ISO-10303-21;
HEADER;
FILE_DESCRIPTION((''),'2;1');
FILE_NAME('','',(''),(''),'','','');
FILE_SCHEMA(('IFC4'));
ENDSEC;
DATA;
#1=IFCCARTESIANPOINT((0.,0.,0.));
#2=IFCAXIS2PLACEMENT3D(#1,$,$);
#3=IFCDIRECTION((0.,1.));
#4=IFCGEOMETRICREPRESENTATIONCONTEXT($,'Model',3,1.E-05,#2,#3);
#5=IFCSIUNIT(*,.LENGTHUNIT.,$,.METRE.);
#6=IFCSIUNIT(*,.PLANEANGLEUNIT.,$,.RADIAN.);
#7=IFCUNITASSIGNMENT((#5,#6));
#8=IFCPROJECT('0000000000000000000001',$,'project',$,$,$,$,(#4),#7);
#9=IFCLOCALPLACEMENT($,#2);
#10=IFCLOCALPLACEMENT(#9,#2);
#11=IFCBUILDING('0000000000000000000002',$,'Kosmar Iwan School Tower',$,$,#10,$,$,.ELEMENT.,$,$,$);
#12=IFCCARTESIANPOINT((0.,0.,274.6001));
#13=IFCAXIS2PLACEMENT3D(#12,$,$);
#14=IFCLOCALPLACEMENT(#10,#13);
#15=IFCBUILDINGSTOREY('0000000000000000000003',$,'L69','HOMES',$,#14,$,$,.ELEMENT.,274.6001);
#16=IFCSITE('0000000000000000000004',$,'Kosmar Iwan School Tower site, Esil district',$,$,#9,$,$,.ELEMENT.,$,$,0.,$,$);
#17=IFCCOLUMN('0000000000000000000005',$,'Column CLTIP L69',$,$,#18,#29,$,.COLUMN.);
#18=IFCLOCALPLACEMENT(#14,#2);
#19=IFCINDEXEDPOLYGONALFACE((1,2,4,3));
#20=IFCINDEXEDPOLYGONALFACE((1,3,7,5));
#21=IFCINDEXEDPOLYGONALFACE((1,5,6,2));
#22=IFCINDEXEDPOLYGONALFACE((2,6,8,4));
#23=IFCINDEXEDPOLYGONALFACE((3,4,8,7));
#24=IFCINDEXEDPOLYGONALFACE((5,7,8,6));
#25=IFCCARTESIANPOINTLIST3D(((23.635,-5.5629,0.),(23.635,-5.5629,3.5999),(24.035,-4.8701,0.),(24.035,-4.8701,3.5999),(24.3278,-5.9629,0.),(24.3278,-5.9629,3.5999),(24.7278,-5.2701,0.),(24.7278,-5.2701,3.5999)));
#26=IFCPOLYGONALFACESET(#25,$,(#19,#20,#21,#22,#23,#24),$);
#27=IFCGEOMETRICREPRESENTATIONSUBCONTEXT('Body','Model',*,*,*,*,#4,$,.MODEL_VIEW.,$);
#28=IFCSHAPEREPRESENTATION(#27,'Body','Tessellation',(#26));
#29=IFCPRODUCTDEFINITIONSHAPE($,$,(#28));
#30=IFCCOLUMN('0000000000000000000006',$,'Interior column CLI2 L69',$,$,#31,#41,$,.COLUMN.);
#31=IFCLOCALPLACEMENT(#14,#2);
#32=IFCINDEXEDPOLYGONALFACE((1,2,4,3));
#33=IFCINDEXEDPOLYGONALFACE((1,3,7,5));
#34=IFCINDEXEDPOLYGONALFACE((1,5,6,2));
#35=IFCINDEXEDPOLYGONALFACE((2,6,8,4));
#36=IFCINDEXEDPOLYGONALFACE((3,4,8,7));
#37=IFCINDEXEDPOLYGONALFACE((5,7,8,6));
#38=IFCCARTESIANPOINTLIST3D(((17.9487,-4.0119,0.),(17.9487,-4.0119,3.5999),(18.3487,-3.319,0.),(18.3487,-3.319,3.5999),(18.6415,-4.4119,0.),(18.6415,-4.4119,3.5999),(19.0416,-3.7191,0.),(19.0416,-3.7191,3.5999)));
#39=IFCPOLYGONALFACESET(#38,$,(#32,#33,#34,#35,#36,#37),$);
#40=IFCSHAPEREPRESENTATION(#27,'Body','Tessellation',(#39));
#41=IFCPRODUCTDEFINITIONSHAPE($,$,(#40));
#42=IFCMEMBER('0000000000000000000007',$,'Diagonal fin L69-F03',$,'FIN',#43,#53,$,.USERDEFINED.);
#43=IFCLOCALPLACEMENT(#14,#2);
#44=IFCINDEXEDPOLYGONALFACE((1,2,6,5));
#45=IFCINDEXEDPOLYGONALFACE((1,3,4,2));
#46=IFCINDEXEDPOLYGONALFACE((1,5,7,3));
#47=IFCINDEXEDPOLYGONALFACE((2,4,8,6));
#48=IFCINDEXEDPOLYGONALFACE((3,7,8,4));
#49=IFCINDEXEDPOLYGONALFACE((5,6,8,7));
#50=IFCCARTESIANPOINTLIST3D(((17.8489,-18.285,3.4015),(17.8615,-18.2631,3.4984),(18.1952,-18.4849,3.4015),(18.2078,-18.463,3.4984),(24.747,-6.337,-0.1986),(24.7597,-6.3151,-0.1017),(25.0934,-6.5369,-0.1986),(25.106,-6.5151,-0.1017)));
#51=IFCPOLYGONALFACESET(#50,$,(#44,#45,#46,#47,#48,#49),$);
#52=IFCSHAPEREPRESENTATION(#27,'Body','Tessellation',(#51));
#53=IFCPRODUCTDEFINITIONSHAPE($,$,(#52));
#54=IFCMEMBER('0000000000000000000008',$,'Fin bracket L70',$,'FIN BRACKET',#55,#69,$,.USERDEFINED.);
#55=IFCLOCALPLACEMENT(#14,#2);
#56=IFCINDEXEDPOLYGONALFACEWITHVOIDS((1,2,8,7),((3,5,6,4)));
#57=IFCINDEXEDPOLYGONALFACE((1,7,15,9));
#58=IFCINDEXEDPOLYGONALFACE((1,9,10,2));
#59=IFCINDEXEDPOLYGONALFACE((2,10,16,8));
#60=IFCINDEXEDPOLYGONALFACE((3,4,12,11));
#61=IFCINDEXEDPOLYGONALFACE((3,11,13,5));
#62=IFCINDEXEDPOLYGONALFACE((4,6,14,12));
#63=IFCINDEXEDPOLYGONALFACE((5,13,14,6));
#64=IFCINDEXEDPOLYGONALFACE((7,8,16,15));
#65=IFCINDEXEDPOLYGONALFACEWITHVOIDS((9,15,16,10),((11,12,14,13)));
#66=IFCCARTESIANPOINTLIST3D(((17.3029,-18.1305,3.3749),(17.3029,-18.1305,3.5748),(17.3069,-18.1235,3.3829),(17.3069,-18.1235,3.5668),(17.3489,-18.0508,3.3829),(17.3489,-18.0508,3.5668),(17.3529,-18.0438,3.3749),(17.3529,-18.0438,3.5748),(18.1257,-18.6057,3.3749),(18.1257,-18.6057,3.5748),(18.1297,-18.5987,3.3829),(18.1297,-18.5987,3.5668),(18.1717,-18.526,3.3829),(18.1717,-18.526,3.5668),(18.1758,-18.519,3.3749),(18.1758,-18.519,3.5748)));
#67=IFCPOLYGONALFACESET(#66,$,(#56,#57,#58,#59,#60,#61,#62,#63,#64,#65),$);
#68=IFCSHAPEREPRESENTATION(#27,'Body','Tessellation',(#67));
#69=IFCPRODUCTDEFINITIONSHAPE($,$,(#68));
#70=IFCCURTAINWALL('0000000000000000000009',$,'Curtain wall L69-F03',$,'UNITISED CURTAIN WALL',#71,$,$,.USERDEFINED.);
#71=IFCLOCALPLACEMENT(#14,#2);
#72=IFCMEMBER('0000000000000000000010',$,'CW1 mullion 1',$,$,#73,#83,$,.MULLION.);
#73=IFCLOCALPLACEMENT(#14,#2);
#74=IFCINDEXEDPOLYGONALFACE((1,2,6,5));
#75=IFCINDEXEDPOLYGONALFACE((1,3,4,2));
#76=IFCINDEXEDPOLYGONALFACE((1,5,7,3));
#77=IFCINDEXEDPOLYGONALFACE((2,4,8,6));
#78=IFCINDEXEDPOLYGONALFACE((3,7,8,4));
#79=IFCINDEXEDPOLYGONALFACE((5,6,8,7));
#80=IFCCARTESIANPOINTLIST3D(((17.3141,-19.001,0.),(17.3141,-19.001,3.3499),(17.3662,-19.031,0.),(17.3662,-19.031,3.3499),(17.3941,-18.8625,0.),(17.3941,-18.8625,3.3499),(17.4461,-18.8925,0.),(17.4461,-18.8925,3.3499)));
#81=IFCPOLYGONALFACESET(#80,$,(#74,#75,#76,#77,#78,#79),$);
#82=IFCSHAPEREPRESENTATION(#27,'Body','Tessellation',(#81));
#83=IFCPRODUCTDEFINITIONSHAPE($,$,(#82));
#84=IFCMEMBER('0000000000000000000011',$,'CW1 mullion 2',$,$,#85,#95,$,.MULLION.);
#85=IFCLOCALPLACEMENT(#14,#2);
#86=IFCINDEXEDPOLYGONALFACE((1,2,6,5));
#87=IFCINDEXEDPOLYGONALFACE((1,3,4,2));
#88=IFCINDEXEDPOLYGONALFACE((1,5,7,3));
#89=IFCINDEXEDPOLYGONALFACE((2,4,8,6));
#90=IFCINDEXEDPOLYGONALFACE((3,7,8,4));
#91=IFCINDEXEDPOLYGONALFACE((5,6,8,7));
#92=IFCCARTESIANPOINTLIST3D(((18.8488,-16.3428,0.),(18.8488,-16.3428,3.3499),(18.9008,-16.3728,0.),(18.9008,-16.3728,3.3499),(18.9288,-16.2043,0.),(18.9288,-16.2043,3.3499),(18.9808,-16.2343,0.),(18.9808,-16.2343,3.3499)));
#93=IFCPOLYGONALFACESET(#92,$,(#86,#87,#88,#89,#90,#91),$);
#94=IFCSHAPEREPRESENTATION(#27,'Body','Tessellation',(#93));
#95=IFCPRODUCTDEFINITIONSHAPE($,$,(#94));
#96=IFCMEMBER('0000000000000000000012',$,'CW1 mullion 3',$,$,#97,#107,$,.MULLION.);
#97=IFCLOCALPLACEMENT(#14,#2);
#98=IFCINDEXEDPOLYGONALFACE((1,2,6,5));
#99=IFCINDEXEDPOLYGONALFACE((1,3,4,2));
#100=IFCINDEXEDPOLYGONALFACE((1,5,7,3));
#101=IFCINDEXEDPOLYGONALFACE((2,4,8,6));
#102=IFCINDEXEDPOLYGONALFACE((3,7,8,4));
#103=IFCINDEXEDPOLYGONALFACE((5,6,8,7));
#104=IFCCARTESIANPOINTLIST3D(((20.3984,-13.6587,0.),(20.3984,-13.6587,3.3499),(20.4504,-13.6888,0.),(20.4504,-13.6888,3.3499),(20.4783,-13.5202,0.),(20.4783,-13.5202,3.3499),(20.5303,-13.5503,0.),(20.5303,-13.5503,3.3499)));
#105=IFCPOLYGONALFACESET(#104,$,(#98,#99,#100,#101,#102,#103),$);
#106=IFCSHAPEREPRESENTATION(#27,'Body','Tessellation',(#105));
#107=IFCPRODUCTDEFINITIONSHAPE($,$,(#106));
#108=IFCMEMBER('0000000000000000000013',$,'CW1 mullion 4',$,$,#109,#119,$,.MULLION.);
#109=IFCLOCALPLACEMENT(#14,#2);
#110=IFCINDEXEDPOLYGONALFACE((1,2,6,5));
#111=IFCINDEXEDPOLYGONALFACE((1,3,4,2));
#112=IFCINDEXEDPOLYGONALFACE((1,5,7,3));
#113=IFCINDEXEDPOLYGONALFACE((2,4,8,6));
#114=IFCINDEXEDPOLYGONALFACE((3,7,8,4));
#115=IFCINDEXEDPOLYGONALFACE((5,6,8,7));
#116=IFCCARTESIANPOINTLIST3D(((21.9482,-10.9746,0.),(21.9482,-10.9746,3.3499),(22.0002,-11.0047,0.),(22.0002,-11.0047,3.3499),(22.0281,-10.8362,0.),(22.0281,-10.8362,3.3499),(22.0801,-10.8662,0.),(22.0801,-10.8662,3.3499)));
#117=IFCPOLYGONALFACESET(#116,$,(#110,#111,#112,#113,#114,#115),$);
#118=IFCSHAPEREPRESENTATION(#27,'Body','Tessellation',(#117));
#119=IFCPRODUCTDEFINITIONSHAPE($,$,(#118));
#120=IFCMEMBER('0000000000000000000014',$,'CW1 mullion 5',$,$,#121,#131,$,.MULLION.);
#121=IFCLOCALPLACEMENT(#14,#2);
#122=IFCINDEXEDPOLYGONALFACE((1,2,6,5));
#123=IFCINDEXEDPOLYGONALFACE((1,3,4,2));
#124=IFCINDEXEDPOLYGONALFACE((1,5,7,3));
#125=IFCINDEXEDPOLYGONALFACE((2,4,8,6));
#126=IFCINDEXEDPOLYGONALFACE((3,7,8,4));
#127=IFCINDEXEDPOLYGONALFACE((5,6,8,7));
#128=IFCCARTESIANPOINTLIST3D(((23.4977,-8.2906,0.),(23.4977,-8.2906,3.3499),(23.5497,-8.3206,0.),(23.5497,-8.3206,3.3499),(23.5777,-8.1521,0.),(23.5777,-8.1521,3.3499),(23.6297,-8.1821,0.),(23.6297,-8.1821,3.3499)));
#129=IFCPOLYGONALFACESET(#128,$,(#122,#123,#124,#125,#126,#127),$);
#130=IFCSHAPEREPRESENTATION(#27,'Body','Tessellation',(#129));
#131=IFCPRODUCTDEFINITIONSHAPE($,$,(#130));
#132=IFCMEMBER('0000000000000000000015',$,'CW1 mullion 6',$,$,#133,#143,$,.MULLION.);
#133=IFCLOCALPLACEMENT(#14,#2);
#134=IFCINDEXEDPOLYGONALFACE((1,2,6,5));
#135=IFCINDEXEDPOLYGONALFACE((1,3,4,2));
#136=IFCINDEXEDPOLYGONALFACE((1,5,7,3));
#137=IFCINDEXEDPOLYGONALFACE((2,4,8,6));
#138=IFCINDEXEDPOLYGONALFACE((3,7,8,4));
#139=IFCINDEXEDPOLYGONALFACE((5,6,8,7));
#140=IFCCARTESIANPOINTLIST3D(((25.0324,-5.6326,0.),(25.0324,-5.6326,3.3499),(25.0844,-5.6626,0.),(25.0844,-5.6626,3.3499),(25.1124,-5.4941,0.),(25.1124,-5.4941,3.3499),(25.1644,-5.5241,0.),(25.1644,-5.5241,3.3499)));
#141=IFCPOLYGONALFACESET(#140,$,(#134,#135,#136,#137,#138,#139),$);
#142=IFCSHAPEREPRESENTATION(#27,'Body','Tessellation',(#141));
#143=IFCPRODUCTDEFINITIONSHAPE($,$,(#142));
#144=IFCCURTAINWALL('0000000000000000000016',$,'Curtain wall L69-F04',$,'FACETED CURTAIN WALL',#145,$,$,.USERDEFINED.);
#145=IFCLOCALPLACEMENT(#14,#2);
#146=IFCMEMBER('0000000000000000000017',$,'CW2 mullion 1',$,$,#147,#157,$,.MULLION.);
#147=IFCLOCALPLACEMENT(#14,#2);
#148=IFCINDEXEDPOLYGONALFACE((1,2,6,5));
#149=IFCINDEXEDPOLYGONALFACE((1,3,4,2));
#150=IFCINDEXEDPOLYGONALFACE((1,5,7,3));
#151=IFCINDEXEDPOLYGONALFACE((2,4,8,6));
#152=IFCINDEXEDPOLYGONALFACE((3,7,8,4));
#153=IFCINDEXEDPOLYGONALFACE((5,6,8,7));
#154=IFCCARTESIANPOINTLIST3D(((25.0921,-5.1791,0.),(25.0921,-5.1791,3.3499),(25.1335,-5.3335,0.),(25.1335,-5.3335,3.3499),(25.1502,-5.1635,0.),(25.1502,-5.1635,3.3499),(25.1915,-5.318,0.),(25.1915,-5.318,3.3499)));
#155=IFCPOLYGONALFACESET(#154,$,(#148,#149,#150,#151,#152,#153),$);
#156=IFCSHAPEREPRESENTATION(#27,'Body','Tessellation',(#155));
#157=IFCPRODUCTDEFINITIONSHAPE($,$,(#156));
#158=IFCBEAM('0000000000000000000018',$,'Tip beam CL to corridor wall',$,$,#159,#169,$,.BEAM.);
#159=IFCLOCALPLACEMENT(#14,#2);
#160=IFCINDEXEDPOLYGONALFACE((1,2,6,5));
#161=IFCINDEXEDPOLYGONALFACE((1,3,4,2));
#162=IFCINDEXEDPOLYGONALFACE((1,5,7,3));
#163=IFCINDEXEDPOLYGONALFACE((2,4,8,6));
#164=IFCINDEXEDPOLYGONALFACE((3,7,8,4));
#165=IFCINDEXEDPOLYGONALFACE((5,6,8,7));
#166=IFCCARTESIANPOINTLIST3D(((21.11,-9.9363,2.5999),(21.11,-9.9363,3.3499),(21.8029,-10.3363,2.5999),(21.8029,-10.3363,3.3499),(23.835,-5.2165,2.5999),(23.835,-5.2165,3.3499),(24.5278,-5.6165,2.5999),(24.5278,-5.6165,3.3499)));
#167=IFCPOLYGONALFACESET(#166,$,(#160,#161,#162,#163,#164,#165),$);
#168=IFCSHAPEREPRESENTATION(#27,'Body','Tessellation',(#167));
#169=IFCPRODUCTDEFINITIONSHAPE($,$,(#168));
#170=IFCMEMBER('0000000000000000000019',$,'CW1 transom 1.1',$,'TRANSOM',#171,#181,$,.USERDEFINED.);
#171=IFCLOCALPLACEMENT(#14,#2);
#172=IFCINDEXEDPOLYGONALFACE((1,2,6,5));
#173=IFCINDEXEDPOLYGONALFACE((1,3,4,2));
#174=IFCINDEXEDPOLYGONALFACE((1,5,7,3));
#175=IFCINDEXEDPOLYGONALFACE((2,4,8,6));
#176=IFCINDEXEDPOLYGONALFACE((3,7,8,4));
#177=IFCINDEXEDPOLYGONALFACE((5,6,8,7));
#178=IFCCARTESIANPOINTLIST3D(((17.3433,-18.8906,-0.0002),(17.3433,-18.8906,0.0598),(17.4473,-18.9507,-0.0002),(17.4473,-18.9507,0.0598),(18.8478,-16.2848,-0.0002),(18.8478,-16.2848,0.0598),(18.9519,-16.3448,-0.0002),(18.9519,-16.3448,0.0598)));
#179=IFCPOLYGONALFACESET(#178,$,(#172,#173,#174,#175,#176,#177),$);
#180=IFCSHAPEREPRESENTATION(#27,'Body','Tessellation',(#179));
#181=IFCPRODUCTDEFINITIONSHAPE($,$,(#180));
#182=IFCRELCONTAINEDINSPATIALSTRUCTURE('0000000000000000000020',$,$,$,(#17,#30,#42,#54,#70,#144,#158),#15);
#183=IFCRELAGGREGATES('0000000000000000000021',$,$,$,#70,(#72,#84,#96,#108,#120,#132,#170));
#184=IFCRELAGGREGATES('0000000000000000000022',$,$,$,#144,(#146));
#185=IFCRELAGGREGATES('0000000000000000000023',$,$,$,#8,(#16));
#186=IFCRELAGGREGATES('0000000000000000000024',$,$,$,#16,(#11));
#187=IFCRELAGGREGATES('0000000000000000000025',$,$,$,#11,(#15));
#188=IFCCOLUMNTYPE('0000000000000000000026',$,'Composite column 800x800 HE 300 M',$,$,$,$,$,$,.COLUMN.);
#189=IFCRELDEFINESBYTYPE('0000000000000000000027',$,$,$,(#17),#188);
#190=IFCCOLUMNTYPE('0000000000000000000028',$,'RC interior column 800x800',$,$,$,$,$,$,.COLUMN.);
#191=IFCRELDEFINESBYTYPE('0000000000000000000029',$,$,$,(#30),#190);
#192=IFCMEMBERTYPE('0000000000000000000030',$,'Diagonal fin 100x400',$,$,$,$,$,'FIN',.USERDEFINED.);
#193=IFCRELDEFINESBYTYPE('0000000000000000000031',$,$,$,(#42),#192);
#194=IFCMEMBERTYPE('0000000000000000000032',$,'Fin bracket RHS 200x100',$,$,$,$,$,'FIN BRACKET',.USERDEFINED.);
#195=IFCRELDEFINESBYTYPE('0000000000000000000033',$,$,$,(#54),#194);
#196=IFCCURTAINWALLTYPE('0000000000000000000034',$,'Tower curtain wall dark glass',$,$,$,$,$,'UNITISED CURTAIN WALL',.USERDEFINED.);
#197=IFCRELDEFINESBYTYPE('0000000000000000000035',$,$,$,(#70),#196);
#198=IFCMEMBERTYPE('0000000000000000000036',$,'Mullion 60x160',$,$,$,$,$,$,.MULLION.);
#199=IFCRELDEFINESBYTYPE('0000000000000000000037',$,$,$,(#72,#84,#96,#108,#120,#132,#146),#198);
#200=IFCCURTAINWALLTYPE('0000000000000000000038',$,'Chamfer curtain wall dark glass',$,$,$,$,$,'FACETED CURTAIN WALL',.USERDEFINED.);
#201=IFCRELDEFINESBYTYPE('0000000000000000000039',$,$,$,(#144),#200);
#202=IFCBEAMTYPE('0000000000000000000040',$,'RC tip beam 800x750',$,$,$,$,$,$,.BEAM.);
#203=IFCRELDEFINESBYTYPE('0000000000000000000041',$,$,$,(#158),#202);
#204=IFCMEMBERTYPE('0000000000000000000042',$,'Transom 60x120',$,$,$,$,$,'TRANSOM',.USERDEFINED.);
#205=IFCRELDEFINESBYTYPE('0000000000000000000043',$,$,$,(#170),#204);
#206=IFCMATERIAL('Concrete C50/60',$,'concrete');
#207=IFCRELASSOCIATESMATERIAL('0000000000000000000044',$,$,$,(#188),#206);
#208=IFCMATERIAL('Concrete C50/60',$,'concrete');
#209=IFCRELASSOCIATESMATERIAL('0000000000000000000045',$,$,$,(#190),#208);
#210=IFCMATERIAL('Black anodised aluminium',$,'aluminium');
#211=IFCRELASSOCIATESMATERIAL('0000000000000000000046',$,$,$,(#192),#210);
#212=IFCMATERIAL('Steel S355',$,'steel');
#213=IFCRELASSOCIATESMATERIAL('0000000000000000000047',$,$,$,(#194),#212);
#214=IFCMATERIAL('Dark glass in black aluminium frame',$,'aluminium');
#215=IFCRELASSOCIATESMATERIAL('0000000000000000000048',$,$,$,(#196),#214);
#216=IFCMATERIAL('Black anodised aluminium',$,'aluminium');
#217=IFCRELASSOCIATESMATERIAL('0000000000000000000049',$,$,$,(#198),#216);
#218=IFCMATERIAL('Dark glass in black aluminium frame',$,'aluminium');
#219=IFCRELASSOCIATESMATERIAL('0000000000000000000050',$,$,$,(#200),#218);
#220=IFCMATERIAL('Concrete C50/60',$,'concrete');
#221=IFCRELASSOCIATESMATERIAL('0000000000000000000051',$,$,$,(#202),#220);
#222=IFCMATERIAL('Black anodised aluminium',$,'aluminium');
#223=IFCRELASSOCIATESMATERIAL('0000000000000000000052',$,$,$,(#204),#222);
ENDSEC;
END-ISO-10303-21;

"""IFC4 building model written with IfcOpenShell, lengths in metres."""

from ifc_helpers import new_model, si_unit, direction, frame, origin, origin_2d, place, context, subcontext, project, spatial, rectangle, hollow_rectangle, extrude, material, material_profile, profile_set, type_object, element, aggregate, save


model = new_model("IFC4")

# Units and contexts
model_context = context("Model", 3, precision=1e-05, world=origin(), true_north=direction((0.0, 1.0)))
body_context = subcontext(model_context, "Body", "Model", "MODEL_VIEW")
ifc_project = project(units=[si_unit("LENGTHUNIT", "METRE"), si_unit("PLANEANGLEUNIT", "RADIAN")], contexts=[model_context])

# Site, building, storey
site_placement = place(None, origin())
site = spatial("IfcSite", under=ifc_project, at=site_placement, Name="Kosmar Iwan School Tower site, Esil district", CompositionType="ELEMENT", RefElevation=0.0)
building_placement = place(site_placement, origin())
building = spatial("IfcBuilding", under=site, at=building_placement, Name="Kosmar Iwan School Tower", CompositionType="ELEMENT")
storey_placement = place(building_placement, frame((0.0, 0.0, 274.6001)))
storey = spatial("IfcBuildingStorey", under=building, at=storey_placement, Name="L69", Description="HOMES", CompositionType="ELEMENT", Elevation=274.6001)

# Columns
ifc_material_1 = material(Name="Concrete C50/60", Category="concrete")
ifc_material_profile_1 = material_profile(ifc_material_1, rectangle(XDim=0.8, YDim=0.8, at=origin_2d()), Name="RC 800x800 + HE 300 M")
ifc_profile_set_1 = profile_set([ifc_material_profile_1], Name="Concrete C50/60")
column_type_1 = type_object("IfcColumnType", Name="Composite column 800x800 HE 300 M", PredefinedType="COLUMN", material=ifc_profile_set_1)
column_1_placement = place(storey_placement, frame((24.1814, -5.4165, 0.0), z_axis=(0.0, 0.0, 1.0), x_axis=(0.866025, -0.5, 0.0)))
element("IfcColumn", 1, at=column_1_placement, inside=storey, type_object=column_type_1, Name="Column CLTIP L69", PredefinedType="COLUMN", context=body_context, shape_type="SweptSolid", body=[
    extrude(rectangle(XDim=0.8, YDim=0.8, at=origin_2d()), origin(), (0.0, 0.0, 1.0), 3.5999),
])
ifc_material_2 = material(Name="Concrete C50/60", Category="concrete")
ifc_material_profile_2 = material_profile(ifc_material_2, rectangle(XDim=0.8, YDim=0.8, at=origin_2d()), Name="RC 800x800")
ifc_profile_set_2 = profile_set([ifc_material_profile_2], Name="Concrete C50/60")
column_type_2 = type_object("IfcColumnType", Name="RC interior column 800x800", PredefinedType="COLUMN", material=ifc_profile_set_2)
column_2_placement = place(storey_placement, frame((18.4951, -3.8655, 0.0), z_axis=(0.0, 0.0, 1.0), x_axis=(0.866025, -0.5, 0.0)))
element("IfcColumn", 2, at=column_2_placement, inside=storey, type_object=column_type_2, Name="Interior column CLI2 L69", PredefinedType="COLUMN", context=body_context, shape_type="SweptSolid", body=[
    extrude(rectangle(XDim=0.8, YDim=0.8, at=origin_2d()), origin(), (0.0, 0.0, 1.0), 3.5999),
])

# Members
ifc_material_3 = material(Name="Black anodised aluminium", Category="aluminium")
ifc_material_profile_3 = material_profile(ifc_material_3, rectangle(XDim=0.1001, YDim=0.3999, at=origin_2d()), Name="FIN 100x400")
ifc_profile_set_3 = profile_set([ifc_material_profile_3], Name="Black anodised aluminium")
member_type_1 = type_object("IfcMemberType", Name="Diagonal fin 100x400", ElementType="FIN", PredefinedType="USERDEFINED", material=ifc_profile_set_3)
member_1_placement = place(storey_placement, frame((24.9265, -6.426, -0.1501), z_axis=(-0.4838, -0.837965, 0.252491), x_axis=(0.126245, 0.218663, 0.967599)))
element("IfcMember", 3, at=member_1_placement, inside=storey, type_object=member_type_1, Name="Diagonal fin L69-F03", ObjectType="FIN", PredefinedType="USERDEFINED", context=body_context, shape_type="SweptSolid", body=[
    extrude(rectangle(XDim=0.1001, YDim=0.3999, at=origin_2d()), origin(), (0.0, 0.0, 1.0), 14.2583),
])
ifc_material_4 = material(Name="Steel S355", Category="steel")
ifc_material_profile_4 = material_profile(ifc_material_4, hollow_rectangle(XDim=0.1001, YDim=0.2, WallThickness=0.0081, at=origin_2d()), Name="RHS 200x100x8")
ifc_profile_set_4 = profile_set([ifc_material_profile_4], Name="Steel S355")
member_type_2 = type_object("IfcMemberType", Name="Fin bracket RHS 200x100", ElementType="FIN BRACKET", PredefinedType="USERDEFINED", material=ifc_profile_set_4)
member_2_placement = place(storey_placement, frame((17.3279, -18.0872, 3.4749), z_axis=(0.865989, -0.500064, 0.0), x_axis=(0.500064, 0.865989, 0.0)))
element("IfcMember", 4, at=member_2_placement, inside=storey, type_object=member_type_2, Name="Fin bracket L70", ObjectType="FIN BRACKET", PredefinedType="USERDEFINED", context=body_context, shape_type="SweptSolid", body=[
    extrude(hollow_rectangle(XDim=0.1001, YDim=0.2, WallThickness=0.0081, at=origin_2d()), origin(), (0.0, 0.0, 1.0), 0.9502),
])

# Curtain wall, members
ifc_material_5 = material(Name="Dark glass in black aluminium frame", Category="aluminium")
curtain_wall_type_1 = type_object("IfcCurtainWallType", Name="Tower curtain wall dark glass", ElementType="UNITISED CURTAIN WALL", PredefinedType="USERDEFINED", material=ifc_material_5)
curtain_wall_1_placement = place(storey_placement, origin())
curtain_wall_1 = element("IfcCurtainWall", 5, at=curtain_wall_1_placement, inside=storey, type_object=curtain_wall_type_1, Name="Curtain wall L69-F03", ObjectType="UNITISED CURTAIN WALL", PredefinedType="USERDEFINED")
ifc_material_6 = material(Name="Black anodised aluminium", Category="aluminium")
ifc_material_profile_5 = material_profile(ifc_material_6, rectangle(XDim=0.0601, YDim=0.1599, at=origin_2d()), Name="MULLION 60x160")
ifc_profile_set_5 = profile_set([ifc_material_profile_5], Name="Black anodised aluminium")
member_type_3 = type_object("IfcMemberType", Name="Mullion 60x160", PredefinedType="MULLION", material=ifc_profile_set_5)
member_3_placement = place(storey_placement, frame((17.3801, -18.9468, 0.0), z_axis=(0.0, 0.0, 1.0), x_axis=(-0.866025, 0.5, 0.0)))
member_3 = element("IfcMember", 6, at=member_3_placement, type_object=member_type_3, Name="CW1 mullion 1", PredefinedType="MULLION", context=body_context, shape_type="SweptSolid", body=[
    extrude(rectangle(XDim=0.0601, YDim=0.1599, at=origin_2d()), origin(), (0.0, 0.0, 1.0), 3.3499),
])
member_4_placement = place(storey_placement, frame((18.9148, -16.2886, 0.0), z_axis=(0.0, 0.0, 1.0), x_axis=(-0.866025, 0.5, 0.0)))
member_4 = element("IfcMember", 7, at=member_4_placement, type_object=member_type_3, Name="CW1 mullion 2", PredefinedType="MULLION", context=body_context, shape_type="SweptSolid", body=[
    extrude(rectangle(XDim=0.0601, YDim=0.1599, at=origin_2d()), origin(), (0.0, 0.0, 1.0), 3.3499),
])
member_5_placement = place(storey_placement, frame((20.4644, -13.6045, 0.0), z_axis=(0.0, 0.0, 1.0), x_axis=(-0.866025, 0.5, 0.0)))
member_5 = element("IfcMember", 8, at=member_5_placement, type_object=member_type_3, Name="CW1 mullion 3", PredefinedType="MULLION", context=body_context, shape_type="SweptSolid", body=[
    extrude(rectangle(XDim=0.0601, YDim=0.1599, at=origin_2d()), origin(), (0.0, 0.0, 1.0), 3.3499),
])
member_6_placement = place(storey_placement, frame((22.0142, -10.9204, 0.0), z_axis=(0.0, 0.0, 1.0), x_axis=(-0.866025, 0.5, 0.0)))
member_6 = element("IfcMember", 9, at=member_6_placement, type_object=member_type_3, Name="CW1 mullion 4", PredefinedType="MULLION", context=body_context, shape_type="SweptSolid", body=[
    extrude(rectangle(XDim=0.0601, YDim=0.1599, at=origin_2d()), origin(), (0.0, 0.0, 1.0), 3.3499),
])
member_7_placement = place(storey_placement, frame((23.5637, -8.2363, 0.0), z_axis=(0.0, 0.0, 1.0), x_axis=(-0.866025, 0.5, 0.0)))
member_7 = element("IfcMember", 10, at=member_7_placement, type_object=member_type_3, Name="CW1 mullion 5", PredefinedType="MULLION", context=body_context, shape_type="SweptSolid", body=[
    extrude(rectangle(XDim=0.0601, YDim=0.1599, at=origin_2d()), origin(), (0.0, 0.0, 1.0), 3.3499),
])
member_8_placement = place(storey_placement, frame((25.0984, -5.5784, 0.0), z_axis=(0.0, 0.0, 1.0), x_axis=(-0.866025, 0.5, 0.0)))
member_8 = element("IfcMember", 11, at=member_8_placement, type_object=member_type_3, Name="CW1 mullion 6", PredefinedType="MULLION", context=body_context, shape_type="SweptSolid", body=[
    extrude(rectangle(XDim=0.0601, YDim=0.1599, at=origin_2d()), origin(), (0.0, 0.0, 1.0), 3.3499),
])

# Curtain wall, member
ifc_material_7 = material(Name="Dark glass in black aluminium frame", Category="aluminium")
curtain_wall_type_2 = type_object("IfcCurtainWallType", Name="Chamfer curtain wall dark glass", ElementType="FACETED CURTAIN WALL", PredefinedType="USERDEFINED", material=ifc_material_7)
curtain_wall_2_placement = place(storey_placement, origin())
curtain_wall_2 = element("IfcCurtainWall", 12, at=curtain_wall_2_placement, inside=storey, type_object=curtain_wall_type_2, Name="Curtain wall L69-F04", ObjectType="FACETED CURTAIN WALL", PredefinedType="USERDEFINED")
member_9_placement = place(storey_placement, frame((25.1418, -5.2485, 0.0), z_axis=(0.0, 0.0, 1.0), x_axis=(-0.965926, -0.258819, 0.0)))
member_9 = element("IfcMember", 13, at=member_9_placement, type_object=member_type_3, Name="CW2 mullion 1", PredefinedType="MULLION", context=body_context, shape_type="SweptSolid", body=[
    extrude(rectangle(XDim=0.0601, YDim=0.1599, at=origin_2d()), origin(), (0.0, 0.0, 1.0), 3.3499),
])

# Beam
ifc_material_8 = material(Name="Concrete C50/60", Category="concrete")
ifc_material_profile_6 = material_profile(ifc_material_8, rectangle(XDim=0.8, YDim=0.75, at=origin_2d()), Name="RC 800x750")
ifc_profile_set_6 = profile_set([ifc_material_profile_6], Name="Concrete C50/60")
beam_type = type_object("IfcBeamType", Name="RC tip beam 800x750", PredefinedType="BEAM", material=ifc_profile_set_6)
beam_placement = place(storey_placement, frame((24.1814, -5.4165, 2.9749), z_axis=(-0.499989, -0.866032, 0.0), x_axis=(0.866032, -0.499989, 0.0)))
element("IfcBeam", 14, at=beam_placement, inside=storey, type_object=beam_type, Name="Tip beam CL to corridor wall", PredefinedType="BEAM", context=body_context, shape_type="SweptSolid", body=[
    extrude(rectangle(XDim=0.8, YDim=0.75, at=origin_2d()), origin(), (0.0, 0.0, 1.0), 5.45),
])

# Member
ifc_material_9 = material(Name="Black anodised aluminium", Category="aluminium")
ifc_material_profile_7 = material_profile(ifc_material_9, rectangle(XDim=0.1201, YDim=0.0601, at=origin_2d()), Name="TRANSOM 60x120")
ifc_profile_set_7 = profile_set([ifc_material_profile_7], Name="Black anodised aluminium")
member_type_4 = type_object("IfcMemberType", Name="Transom 60x120", ElementType="TRANSOM", PredefinedType="USERDEFINED", material=ifc_profile_set_7)
member_10_placement = place(storey_placement, frame((17.3953, -18.9207, 0.0298), z_axis=(0.500022, 0.866013, 0.0), x_axis=(-0.866013, 0.500022, 0.0)))
member_10 = element("IfcMember", 15, at=member_10_placement, type_object=member_type_4, Name="CW1 transom 1.1", ObjectType="TRANSOM", PredefinedType="USERDEFINED", context=body_context, shape_type="SweptSolid", body=[
    extrude(rectangle(XDim=0.1201, YDim=0.0601, at=origin_2d()), origin(), (0.0, 0.0, 1.0), 3.009),
])

aggregate(curtain_wall_1, [member_3, member_4, member_5, member_6, member_7, member_8, member_10])
aggregate(curtain_wall_2, [member_9])

save(model, "model.ifc")
